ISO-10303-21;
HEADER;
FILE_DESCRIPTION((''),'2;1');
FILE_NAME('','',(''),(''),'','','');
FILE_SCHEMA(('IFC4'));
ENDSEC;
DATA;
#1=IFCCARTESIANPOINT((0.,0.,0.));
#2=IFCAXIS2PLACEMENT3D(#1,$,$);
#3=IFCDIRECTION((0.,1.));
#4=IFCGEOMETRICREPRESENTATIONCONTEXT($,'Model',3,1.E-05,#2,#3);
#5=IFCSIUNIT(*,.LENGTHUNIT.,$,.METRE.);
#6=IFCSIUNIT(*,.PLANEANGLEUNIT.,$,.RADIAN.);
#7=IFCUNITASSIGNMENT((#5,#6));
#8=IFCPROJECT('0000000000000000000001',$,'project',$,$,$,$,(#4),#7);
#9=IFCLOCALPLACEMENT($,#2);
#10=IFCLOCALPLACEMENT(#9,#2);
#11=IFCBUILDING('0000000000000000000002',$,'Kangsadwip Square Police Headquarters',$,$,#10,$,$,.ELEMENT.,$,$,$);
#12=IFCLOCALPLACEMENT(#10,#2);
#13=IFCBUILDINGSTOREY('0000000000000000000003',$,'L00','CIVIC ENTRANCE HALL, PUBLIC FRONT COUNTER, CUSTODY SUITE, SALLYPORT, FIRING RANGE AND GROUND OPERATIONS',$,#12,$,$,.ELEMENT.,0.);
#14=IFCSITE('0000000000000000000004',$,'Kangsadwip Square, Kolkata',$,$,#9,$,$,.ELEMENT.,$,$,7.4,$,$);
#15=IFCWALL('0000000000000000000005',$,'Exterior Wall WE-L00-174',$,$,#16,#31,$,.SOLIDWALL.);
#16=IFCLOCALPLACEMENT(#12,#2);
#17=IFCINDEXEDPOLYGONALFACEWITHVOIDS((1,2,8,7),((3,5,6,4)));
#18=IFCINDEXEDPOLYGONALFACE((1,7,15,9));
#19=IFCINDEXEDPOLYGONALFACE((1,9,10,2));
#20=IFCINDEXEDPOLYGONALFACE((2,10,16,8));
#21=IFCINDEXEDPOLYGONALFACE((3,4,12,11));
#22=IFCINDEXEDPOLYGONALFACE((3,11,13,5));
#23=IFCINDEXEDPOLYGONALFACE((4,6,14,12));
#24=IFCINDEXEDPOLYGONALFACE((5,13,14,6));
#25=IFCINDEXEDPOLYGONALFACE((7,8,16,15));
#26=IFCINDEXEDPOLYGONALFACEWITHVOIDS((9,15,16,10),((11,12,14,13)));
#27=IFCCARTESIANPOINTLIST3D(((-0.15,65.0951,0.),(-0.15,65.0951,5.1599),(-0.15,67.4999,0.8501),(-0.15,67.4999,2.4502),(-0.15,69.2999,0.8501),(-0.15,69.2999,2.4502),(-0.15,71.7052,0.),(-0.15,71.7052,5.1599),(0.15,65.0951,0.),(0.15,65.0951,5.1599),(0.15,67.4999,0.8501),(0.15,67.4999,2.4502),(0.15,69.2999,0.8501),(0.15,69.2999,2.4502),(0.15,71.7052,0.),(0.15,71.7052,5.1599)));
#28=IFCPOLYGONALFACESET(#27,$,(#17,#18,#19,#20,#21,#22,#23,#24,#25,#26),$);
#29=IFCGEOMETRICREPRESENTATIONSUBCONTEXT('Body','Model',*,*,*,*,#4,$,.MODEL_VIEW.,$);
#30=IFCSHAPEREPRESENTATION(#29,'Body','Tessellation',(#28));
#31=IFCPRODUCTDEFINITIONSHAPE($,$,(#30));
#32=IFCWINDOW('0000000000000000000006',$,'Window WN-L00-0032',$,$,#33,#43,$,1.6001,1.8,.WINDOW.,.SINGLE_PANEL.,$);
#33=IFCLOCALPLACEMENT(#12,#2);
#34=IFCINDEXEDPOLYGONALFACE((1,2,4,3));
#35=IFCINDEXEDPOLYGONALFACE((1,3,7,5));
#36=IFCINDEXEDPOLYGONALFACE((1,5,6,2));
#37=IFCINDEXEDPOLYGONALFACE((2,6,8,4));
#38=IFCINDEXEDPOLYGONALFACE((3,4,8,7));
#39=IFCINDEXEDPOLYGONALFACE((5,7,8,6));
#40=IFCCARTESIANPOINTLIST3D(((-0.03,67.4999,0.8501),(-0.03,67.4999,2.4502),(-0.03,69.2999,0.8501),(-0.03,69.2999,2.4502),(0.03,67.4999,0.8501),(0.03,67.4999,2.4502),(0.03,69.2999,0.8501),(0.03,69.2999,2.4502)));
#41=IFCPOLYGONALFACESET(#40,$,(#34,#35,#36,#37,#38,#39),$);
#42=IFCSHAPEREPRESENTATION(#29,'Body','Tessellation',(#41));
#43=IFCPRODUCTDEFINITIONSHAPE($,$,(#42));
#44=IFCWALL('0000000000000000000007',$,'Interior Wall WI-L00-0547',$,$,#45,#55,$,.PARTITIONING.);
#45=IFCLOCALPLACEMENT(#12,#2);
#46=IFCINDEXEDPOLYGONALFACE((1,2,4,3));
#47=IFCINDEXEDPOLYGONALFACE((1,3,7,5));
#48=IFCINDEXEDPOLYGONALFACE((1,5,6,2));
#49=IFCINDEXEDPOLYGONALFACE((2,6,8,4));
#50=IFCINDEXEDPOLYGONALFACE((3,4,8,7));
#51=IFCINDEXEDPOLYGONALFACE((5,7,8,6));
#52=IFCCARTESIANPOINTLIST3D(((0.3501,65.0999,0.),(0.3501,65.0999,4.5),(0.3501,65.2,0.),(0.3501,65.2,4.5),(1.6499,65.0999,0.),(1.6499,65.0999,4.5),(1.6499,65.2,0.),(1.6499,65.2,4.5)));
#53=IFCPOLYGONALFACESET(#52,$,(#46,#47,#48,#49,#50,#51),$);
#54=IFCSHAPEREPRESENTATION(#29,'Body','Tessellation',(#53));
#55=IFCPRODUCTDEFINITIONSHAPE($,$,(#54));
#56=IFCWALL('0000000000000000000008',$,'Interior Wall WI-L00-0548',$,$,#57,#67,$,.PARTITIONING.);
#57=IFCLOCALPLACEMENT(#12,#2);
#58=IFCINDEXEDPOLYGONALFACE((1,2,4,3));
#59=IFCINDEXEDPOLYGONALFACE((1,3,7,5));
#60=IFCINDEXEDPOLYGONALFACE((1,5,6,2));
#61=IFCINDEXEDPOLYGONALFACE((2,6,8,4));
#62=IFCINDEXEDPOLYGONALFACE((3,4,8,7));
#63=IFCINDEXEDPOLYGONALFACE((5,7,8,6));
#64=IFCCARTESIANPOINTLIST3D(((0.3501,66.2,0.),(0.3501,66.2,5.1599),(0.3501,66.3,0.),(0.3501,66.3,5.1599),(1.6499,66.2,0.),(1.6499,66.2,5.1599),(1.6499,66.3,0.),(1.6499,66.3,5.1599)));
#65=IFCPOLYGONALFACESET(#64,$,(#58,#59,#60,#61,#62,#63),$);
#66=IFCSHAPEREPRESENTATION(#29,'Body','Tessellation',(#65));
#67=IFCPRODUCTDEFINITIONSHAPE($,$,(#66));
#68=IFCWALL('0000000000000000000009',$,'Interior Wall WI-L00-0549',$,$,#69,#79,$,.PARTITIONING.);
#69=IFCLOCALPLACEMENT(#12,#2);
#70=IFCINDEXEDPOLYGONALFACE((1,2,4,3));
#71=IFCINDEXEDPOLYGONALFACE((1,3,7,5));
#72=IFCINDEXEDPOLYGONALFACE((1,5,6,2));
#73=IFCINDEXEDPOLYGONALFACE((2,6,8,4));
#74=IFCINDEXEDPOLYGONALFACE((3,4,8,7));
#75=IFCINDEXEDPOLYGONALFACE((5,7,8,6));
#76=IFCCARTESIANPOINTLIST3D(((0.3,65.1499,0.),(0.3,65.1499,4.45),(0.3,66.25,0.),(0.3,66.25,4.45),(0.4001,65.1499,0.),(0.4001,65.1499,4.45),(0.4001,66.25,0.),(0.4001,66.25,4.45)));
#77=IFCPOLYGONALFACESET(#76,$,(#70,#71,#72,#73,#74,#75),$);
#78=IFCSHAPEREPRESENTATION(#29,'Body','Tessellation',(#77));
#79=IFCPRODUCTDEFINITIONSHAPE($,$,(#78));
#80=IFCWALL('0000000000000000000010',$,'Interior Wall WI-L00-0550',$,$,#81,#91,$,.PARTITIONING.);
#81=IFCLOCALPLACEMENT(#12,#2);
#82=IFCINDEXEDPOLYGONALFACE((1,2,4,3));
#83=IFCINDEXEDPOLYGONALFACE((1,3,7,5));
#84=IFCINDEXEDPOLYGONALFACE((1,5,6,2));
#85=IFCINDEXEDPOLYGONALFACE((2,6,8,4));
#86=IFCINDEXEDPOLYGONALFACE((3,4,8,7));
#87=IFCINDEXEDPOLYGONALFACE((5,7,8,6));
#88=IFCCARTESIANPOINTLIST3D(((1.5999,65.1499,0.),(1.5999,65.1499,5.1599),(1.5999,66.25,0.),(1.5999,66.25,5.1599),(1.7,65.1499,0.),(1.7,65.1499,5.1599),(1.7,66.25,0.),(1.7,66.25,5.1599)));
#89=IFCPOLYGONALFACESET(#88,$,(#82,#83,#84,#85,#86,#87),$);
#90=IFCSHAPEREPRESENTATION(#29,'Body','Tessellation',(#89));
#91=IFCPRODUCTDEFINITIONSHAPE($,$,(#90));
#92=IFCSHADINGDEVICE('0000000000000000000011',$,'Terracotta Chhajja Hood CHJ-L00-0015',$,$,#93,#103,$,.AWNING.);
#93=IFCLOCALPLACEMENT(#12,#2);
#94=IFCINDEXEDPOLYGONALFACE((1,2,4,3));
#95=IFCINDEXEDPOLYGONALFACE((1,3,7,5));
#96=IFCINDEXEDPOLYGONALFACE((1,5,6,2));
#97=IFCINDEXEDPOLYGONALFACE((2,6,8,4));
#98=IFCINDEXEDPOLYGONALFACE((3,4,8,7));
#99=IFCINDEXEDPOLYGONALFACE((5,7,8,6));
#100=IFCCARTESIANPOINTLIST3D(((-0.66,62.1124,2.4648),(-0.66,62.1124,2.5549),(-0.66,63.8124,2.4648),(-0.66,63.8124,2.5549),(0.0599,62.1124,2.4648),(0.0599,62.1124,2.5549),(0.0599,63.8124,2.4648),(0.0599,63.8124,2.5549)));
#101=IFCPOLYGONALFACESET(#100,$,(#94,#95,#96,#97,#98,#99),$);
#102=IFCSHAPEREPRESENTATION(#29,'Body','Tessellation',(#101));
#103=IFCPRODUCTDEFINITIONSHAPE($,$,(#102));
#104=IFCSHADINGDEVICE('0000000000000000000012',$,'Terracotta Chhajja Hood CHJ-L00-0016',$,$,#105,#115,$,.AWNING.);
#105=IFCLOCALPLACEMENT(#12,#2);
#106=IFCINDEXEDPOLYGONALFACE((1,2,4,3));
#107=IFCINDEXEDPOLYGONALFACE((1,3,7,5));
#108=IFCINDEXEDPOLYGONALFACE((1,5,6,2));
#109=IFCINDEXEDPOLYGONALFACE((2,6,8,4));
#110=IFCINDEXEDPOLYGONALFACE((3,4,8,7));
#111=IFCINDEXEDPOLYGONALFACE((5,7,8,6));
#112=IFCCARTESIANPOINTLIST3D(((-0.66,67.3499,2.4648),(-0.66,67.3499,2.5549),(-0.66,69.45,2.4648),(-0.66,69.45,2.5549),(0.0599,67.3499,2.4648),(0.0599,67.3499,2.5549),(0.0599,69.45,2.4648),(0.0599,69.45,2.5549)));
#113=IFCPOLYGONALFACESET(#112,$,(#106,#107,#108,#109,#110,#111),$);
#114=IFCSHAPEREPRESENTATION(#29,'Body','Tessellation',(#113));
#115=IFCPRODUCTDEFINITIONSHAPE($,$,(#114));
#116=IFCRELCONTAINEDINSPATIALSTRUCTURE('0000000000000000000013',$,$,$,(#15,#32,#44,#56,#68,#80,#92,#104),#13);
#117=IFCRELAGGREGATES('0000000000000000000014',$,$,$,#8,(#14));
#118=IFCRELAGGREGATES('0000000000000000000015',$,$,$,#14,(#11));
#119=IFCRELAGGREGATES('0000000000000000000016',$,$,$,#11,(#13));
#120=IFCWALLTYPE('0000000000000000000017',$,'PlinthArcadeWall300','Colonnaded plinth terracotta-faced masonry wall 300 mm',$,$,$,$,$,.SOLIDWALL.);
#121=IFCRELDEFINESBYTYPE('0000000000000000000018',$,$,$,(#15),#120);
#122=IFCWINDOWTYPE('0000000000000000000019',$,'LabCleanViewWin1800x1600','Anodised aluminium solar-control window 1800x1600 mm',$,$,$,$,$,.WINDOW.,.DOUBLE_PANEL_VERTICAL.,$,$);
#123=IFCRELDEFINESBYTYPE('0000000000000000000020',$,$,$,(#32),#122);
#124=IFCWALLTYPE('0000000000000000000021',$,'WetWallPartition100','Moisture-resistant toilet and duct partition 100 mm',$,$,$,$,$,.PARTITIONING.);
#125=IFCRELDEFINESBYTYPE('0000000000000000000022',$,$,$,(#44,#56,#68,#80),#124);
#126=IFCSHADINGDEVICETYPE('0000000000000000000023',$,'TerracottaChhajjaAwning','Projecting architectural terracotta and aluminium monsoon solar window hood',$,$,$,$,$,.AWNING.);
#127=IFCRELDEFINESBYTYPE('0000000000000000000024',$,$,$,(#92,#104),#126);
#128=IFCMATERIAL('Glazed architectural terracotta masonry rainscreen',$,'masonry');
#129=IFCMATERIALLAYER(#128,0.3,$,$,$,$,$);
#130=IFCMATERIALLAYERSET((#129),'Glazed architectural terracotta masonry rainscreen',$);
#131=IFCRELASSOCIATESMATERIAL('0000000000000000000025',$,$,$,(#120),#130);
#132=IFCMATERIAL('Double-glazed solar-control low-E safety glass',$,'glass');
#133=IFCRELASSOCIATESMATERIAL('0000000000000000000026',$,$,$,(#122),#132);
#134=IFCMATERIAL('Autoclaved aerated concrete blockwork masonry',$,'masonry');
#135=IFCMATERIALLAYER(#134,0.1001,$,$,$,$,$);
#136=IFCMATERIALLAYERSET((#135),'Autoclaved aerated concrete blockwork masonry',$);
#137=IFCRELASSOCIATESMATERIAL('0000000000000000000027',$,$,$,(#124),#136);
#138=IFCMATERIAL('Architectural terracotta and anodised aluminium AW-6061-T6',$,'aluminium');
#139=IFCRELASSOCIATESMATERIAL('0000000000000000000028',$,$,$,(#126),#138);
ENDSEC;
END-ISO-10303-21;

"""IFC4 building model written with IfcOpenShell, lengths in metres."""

from ifc_helpers import new_model, si_unit, direction, frame, frame_2d, origin, origin_2d, place, context, subcontext, project, spatial, rectangle, extrude, material, layer, layer_set, type_object, element, fill, save


model = new_model("IFC4")

# Units and contexts
model_context = context("Model", 3, precision=1e-05, world=origin(), true_north=direction((0.0, 1.0)))
body_context = subcontext(model_context, "Body", "Model", "MODEL_VIEW")
ifc_project = project(units=[si_unit("LENGTHUNIT", "METRE"), si_unit("PLANEANGLEUNIT", "RADIAN")], contexts=[model_context])

# Site, building, storey
site_placement = place(None, origin())
site = spatial("IfcSite", under=ifc_project, at=site_placement, Name="Kangsadwip Square, Kolkata", CompositionType="ELEMENT", RefElevation=7.4)
building_placement = place(site_placement, origin())
building = spatial("IfcBuilding", under=site, at=building_placement, Name="Kangsadwip Square Police Headquarters", CompositionType="ELEMENT")
storey_placement = place(building_placement, origin())
storey = spatial("IfcBuildingStorey", under=building, at=storey_placement, Name="L00", Description="CIVIC ENTRANCE HALL, PUBLIC FRONT COUNTER, CUSTODY SUITE, SALLYPORT, FIRING RANGE AND GROUND OPERATIONS", CompositionType="ELEMENT", Elevation=0.0)

# Wall, opening, window
ifc_material_1 = material(Name="Glazed architectural terracotta masonry rainscreen", Category="masonry")
ifc_layer_1 = layer(ifc_material_1, 0.3)
ifc_layer_set_1 = layer_set([ifc_layer_1], Name="Glazed architectural terracotta masonry rainscreen")
wall_type_1 = type_object("IfcWallType", Name="PlinthArcadeWall300", Description="Colonnaded plinth terracotta-faced masonry wall 300 mm", PredefinedType="SOLIDWALL", material=ifc_layer_set_1)
wall_1_placement = place(storey_placement, frame((0.0, 65.095, 0.0), z_axis=(0.0, 0.0, 1.0), x_axis=(0.0, 1.0, 0.0)))
wall_1 = element("IfcWall", 1, at=wall_1_placement, inside=storey, type_object=wall_type_1, Name="Exterior Wall WE-L00-174", PredefinedType="SOLIDWALL", context=body_context, shape_type="SweptSolid", body=[
    extrude(rectangle(XDim=6.6101, YDim=0.3, at=frame_2d((3.3052, 0.0))), origin(), (0.0, 0.0, 1.0), 5.1599),
])
opening_1_placement = place(wall_1_placement, frame((2.405, 0.0, 0.8501)))
opening_1 = element("IfcOpeningElement", 2, at=opening_1_placement, cuts=wall_1, PredefinedType="OPENING", context=body_context, shape_type="SweptSolid", body=[
    extrude(rectangle(XDim=1.8, YDim=1.6001, at=frame_2d((0.8999, 0.8))), frame((0.0, 0.1599, 0.0), z_axis=(0.0, -1.0, 0.0), x_axis=(1.0, 0.0, 0.0)), (0.0, 0.0, 1.0), 0.3201),
])
ifc_material_2 = material(Name="Double-glazed solar-control low-E safety glass", Category="glass")
window_type = type_object("IfcWindowType", Name="LabCleanViewWin1800x1600", Description="Anodised aluminium solar-control window 1800x1600 mm", PartitioningType="DOUBLE_PANEL_VERTICAL", PredefinedType="WINDOW", material=ifc_material_2)
window_placement = place(opening_1_placement, origin())
window = element("IfcWindow", 3, at=window_placement, inside=storey, type_object=window_type, Name="Window WN-L00-0032", OverallHeight=1.6001, OverallWidth=1.8, PartitioningType="SINGLE_PANEL", PredefinedType="WINDOW", context=body_context, shape_type="SweptSolid", body=[
    extrude(rectangle(XDim=1.8, YDim=1.6001, at=frame_2d((0.8999, 0.8))), frame((0.0, 0.03, 0.0), z_axis=(0.0, -1.0, 0.0), x_axis=(1.0, 0.0, 0.0)), (0.0, 0.0, 1.0), 0.0601),
])
fill(opening_1, window)

# Walls
ifc_material_3 = material(Name="Autoclaved aerated concrete blockwork masonry", Category="masonry")
ifc_layer_2 = layer(ifc_material_3, 0.1001)
ifc_layer_set_2 = layer_set([ifc_layer_2], Name="Autoclaved aerated concrete blockwork masonry")
wall_type_2 = type_object("IfcWallType", Name="WetWallPartition100", Description="Moisture-resistant toilet and duct partition 100 mm", PredefinedType="PARTITIONING", material=ifc_layer_set_2)
wall_2_placement = place(storey_placement, frame((0.3501, 65.1499, 0.0), z_axis=(0.0, 0.0, 1.0), x_axis=(1.0, 0.0, 0.0)))
element("IfcWall", 4, at=wall_2_placement, inside=storey, type_object=wall_type_2, Name="Interior Wall WI-L00-0547", PredefinedType="PARTITIONING", context=body_context, shape_type="SweptSolid", body=[
    extrude(rectangle(XDim=1.2998, YDim=0.1001, at=frame_2d((0.6499, 0.0))), origin(), (0.0, 0.0, 1.0), 4.5),
])
wall_3_placement = place(storey_placement, frame((0.3501, 66.25, 0.0), z_axis=(0.0, 0.0, 1.0), x_axis=(1.0, 0.0, 0.0)))
element("IfcWall", 5, at=wall_3_placement, inside=storey, type_object=wall_type_2, Name="Interior Wall WI-L00-0548", PredefinedType="PARTITIONING", context=body_context, shape_type="SweptSolid", body=[
    extrude(rectangle(XDim=1.2998, YDim=0.1001, at=frame_2d((0.6499, 0.0))), origin(), (0.0, 0.0, 1.0), 5.1599),
])
wall_4_placement = place(storey_placement, frame((0.3501, 65.1499, 0.0), z_axis=(0.0, 0.0, 1.0), x_axis=(0.0, 1.0, 0.0)))
element("IfcWall", 6, at=wall_4_placement, inside=storey, type_object=wall_type_2, Name="Interior Wall WI-L00-0549", PredefinedType="PARTITIONING", context=body_context, shape_type="SweptSolid", body=[
    extrude(rectangle(XDim=1.1001, YDim=0.1001, at=frame_2d((0.55, 0.0))), origin(), (0.0, 0.0, 1.0), 4.45),
])
wall_5_placement = place(storey_placement, frame((1.6499, 65.1499, 0.0), z_axis=(0.0, 0.0, 1.0), x_axis=(0.0, 1.0, 0.0)))
element("IfcWall", 7, at=wall_5_placement, inside=storey, type_object=wall_type_2, Name="Interior Wall WI-L00-0550", PredefinedType="PARTITIONING", context=body_context, shape_type="SweptSolid", body=[
    extrude(rectangle(XDim=1.1001, YDim=0.1001, at=frame_2d((0.55, 0.0))), origin(), (0.0, 0.0, 1.0), 5.1599),
])

# Shading devices
ifc_material_4 = material(Name="Architectural terracotta and anodised aluminium AW-6061-T6", Category="aluminium")
shading_device_type = type_object("IfcShadingDeviceType", Name="TerracottaChhajjaAwning", Description="Projecting architectural terracotta and aluminium monsoon solar window hood", PredefinedType="AWNING", material=ifc_material_4)
shading_device_1_placement = place(storey_placement, frame((-0.3, 62.9624, 2.4648), z_axis=(0.0, 0.0, 1.0), x_axis=(0.0, 1.0, 0.0)))
element("IfcShadingDevice", 8, at=shading_device_1_placement, inside=storey, type_object=shading_device_type, Name="Terracotta Chhajja Hood CHJ-L00-0015", PredefinedType="AWNING", context=body_context, shape_type="SweptSolid", body=[
    extrude(rectangle(XDim=1.7, YDim=0.72, at=origin_2d()), origin(), (0.0, 0.0, 1.0), 0.0901),
])
shading_device_2_placement = place(storey_placement, frame((-0.3, 68.3999, 2.4648), z_axis=(0.0, 0.0, 1.0), x_axis=(0.0, 1.0, 0.0)))
element("IfcShadingDevice", 9, at=shading_device_2_placement, inside=storey, type_object=shading_device_type, Name="Terracotta Chhajja Hood CHJ-L00-0016", PredefinedType="AWNING", context=body_context, shape_type="SweptSolid", body=[
    extrude(rectangle(XDim=2.1001, YDim=0.72, at=origin_2d()), origin(), (0.0, 0.0, 1.0), 0.0901),
])

save(model, "model.ifc")
